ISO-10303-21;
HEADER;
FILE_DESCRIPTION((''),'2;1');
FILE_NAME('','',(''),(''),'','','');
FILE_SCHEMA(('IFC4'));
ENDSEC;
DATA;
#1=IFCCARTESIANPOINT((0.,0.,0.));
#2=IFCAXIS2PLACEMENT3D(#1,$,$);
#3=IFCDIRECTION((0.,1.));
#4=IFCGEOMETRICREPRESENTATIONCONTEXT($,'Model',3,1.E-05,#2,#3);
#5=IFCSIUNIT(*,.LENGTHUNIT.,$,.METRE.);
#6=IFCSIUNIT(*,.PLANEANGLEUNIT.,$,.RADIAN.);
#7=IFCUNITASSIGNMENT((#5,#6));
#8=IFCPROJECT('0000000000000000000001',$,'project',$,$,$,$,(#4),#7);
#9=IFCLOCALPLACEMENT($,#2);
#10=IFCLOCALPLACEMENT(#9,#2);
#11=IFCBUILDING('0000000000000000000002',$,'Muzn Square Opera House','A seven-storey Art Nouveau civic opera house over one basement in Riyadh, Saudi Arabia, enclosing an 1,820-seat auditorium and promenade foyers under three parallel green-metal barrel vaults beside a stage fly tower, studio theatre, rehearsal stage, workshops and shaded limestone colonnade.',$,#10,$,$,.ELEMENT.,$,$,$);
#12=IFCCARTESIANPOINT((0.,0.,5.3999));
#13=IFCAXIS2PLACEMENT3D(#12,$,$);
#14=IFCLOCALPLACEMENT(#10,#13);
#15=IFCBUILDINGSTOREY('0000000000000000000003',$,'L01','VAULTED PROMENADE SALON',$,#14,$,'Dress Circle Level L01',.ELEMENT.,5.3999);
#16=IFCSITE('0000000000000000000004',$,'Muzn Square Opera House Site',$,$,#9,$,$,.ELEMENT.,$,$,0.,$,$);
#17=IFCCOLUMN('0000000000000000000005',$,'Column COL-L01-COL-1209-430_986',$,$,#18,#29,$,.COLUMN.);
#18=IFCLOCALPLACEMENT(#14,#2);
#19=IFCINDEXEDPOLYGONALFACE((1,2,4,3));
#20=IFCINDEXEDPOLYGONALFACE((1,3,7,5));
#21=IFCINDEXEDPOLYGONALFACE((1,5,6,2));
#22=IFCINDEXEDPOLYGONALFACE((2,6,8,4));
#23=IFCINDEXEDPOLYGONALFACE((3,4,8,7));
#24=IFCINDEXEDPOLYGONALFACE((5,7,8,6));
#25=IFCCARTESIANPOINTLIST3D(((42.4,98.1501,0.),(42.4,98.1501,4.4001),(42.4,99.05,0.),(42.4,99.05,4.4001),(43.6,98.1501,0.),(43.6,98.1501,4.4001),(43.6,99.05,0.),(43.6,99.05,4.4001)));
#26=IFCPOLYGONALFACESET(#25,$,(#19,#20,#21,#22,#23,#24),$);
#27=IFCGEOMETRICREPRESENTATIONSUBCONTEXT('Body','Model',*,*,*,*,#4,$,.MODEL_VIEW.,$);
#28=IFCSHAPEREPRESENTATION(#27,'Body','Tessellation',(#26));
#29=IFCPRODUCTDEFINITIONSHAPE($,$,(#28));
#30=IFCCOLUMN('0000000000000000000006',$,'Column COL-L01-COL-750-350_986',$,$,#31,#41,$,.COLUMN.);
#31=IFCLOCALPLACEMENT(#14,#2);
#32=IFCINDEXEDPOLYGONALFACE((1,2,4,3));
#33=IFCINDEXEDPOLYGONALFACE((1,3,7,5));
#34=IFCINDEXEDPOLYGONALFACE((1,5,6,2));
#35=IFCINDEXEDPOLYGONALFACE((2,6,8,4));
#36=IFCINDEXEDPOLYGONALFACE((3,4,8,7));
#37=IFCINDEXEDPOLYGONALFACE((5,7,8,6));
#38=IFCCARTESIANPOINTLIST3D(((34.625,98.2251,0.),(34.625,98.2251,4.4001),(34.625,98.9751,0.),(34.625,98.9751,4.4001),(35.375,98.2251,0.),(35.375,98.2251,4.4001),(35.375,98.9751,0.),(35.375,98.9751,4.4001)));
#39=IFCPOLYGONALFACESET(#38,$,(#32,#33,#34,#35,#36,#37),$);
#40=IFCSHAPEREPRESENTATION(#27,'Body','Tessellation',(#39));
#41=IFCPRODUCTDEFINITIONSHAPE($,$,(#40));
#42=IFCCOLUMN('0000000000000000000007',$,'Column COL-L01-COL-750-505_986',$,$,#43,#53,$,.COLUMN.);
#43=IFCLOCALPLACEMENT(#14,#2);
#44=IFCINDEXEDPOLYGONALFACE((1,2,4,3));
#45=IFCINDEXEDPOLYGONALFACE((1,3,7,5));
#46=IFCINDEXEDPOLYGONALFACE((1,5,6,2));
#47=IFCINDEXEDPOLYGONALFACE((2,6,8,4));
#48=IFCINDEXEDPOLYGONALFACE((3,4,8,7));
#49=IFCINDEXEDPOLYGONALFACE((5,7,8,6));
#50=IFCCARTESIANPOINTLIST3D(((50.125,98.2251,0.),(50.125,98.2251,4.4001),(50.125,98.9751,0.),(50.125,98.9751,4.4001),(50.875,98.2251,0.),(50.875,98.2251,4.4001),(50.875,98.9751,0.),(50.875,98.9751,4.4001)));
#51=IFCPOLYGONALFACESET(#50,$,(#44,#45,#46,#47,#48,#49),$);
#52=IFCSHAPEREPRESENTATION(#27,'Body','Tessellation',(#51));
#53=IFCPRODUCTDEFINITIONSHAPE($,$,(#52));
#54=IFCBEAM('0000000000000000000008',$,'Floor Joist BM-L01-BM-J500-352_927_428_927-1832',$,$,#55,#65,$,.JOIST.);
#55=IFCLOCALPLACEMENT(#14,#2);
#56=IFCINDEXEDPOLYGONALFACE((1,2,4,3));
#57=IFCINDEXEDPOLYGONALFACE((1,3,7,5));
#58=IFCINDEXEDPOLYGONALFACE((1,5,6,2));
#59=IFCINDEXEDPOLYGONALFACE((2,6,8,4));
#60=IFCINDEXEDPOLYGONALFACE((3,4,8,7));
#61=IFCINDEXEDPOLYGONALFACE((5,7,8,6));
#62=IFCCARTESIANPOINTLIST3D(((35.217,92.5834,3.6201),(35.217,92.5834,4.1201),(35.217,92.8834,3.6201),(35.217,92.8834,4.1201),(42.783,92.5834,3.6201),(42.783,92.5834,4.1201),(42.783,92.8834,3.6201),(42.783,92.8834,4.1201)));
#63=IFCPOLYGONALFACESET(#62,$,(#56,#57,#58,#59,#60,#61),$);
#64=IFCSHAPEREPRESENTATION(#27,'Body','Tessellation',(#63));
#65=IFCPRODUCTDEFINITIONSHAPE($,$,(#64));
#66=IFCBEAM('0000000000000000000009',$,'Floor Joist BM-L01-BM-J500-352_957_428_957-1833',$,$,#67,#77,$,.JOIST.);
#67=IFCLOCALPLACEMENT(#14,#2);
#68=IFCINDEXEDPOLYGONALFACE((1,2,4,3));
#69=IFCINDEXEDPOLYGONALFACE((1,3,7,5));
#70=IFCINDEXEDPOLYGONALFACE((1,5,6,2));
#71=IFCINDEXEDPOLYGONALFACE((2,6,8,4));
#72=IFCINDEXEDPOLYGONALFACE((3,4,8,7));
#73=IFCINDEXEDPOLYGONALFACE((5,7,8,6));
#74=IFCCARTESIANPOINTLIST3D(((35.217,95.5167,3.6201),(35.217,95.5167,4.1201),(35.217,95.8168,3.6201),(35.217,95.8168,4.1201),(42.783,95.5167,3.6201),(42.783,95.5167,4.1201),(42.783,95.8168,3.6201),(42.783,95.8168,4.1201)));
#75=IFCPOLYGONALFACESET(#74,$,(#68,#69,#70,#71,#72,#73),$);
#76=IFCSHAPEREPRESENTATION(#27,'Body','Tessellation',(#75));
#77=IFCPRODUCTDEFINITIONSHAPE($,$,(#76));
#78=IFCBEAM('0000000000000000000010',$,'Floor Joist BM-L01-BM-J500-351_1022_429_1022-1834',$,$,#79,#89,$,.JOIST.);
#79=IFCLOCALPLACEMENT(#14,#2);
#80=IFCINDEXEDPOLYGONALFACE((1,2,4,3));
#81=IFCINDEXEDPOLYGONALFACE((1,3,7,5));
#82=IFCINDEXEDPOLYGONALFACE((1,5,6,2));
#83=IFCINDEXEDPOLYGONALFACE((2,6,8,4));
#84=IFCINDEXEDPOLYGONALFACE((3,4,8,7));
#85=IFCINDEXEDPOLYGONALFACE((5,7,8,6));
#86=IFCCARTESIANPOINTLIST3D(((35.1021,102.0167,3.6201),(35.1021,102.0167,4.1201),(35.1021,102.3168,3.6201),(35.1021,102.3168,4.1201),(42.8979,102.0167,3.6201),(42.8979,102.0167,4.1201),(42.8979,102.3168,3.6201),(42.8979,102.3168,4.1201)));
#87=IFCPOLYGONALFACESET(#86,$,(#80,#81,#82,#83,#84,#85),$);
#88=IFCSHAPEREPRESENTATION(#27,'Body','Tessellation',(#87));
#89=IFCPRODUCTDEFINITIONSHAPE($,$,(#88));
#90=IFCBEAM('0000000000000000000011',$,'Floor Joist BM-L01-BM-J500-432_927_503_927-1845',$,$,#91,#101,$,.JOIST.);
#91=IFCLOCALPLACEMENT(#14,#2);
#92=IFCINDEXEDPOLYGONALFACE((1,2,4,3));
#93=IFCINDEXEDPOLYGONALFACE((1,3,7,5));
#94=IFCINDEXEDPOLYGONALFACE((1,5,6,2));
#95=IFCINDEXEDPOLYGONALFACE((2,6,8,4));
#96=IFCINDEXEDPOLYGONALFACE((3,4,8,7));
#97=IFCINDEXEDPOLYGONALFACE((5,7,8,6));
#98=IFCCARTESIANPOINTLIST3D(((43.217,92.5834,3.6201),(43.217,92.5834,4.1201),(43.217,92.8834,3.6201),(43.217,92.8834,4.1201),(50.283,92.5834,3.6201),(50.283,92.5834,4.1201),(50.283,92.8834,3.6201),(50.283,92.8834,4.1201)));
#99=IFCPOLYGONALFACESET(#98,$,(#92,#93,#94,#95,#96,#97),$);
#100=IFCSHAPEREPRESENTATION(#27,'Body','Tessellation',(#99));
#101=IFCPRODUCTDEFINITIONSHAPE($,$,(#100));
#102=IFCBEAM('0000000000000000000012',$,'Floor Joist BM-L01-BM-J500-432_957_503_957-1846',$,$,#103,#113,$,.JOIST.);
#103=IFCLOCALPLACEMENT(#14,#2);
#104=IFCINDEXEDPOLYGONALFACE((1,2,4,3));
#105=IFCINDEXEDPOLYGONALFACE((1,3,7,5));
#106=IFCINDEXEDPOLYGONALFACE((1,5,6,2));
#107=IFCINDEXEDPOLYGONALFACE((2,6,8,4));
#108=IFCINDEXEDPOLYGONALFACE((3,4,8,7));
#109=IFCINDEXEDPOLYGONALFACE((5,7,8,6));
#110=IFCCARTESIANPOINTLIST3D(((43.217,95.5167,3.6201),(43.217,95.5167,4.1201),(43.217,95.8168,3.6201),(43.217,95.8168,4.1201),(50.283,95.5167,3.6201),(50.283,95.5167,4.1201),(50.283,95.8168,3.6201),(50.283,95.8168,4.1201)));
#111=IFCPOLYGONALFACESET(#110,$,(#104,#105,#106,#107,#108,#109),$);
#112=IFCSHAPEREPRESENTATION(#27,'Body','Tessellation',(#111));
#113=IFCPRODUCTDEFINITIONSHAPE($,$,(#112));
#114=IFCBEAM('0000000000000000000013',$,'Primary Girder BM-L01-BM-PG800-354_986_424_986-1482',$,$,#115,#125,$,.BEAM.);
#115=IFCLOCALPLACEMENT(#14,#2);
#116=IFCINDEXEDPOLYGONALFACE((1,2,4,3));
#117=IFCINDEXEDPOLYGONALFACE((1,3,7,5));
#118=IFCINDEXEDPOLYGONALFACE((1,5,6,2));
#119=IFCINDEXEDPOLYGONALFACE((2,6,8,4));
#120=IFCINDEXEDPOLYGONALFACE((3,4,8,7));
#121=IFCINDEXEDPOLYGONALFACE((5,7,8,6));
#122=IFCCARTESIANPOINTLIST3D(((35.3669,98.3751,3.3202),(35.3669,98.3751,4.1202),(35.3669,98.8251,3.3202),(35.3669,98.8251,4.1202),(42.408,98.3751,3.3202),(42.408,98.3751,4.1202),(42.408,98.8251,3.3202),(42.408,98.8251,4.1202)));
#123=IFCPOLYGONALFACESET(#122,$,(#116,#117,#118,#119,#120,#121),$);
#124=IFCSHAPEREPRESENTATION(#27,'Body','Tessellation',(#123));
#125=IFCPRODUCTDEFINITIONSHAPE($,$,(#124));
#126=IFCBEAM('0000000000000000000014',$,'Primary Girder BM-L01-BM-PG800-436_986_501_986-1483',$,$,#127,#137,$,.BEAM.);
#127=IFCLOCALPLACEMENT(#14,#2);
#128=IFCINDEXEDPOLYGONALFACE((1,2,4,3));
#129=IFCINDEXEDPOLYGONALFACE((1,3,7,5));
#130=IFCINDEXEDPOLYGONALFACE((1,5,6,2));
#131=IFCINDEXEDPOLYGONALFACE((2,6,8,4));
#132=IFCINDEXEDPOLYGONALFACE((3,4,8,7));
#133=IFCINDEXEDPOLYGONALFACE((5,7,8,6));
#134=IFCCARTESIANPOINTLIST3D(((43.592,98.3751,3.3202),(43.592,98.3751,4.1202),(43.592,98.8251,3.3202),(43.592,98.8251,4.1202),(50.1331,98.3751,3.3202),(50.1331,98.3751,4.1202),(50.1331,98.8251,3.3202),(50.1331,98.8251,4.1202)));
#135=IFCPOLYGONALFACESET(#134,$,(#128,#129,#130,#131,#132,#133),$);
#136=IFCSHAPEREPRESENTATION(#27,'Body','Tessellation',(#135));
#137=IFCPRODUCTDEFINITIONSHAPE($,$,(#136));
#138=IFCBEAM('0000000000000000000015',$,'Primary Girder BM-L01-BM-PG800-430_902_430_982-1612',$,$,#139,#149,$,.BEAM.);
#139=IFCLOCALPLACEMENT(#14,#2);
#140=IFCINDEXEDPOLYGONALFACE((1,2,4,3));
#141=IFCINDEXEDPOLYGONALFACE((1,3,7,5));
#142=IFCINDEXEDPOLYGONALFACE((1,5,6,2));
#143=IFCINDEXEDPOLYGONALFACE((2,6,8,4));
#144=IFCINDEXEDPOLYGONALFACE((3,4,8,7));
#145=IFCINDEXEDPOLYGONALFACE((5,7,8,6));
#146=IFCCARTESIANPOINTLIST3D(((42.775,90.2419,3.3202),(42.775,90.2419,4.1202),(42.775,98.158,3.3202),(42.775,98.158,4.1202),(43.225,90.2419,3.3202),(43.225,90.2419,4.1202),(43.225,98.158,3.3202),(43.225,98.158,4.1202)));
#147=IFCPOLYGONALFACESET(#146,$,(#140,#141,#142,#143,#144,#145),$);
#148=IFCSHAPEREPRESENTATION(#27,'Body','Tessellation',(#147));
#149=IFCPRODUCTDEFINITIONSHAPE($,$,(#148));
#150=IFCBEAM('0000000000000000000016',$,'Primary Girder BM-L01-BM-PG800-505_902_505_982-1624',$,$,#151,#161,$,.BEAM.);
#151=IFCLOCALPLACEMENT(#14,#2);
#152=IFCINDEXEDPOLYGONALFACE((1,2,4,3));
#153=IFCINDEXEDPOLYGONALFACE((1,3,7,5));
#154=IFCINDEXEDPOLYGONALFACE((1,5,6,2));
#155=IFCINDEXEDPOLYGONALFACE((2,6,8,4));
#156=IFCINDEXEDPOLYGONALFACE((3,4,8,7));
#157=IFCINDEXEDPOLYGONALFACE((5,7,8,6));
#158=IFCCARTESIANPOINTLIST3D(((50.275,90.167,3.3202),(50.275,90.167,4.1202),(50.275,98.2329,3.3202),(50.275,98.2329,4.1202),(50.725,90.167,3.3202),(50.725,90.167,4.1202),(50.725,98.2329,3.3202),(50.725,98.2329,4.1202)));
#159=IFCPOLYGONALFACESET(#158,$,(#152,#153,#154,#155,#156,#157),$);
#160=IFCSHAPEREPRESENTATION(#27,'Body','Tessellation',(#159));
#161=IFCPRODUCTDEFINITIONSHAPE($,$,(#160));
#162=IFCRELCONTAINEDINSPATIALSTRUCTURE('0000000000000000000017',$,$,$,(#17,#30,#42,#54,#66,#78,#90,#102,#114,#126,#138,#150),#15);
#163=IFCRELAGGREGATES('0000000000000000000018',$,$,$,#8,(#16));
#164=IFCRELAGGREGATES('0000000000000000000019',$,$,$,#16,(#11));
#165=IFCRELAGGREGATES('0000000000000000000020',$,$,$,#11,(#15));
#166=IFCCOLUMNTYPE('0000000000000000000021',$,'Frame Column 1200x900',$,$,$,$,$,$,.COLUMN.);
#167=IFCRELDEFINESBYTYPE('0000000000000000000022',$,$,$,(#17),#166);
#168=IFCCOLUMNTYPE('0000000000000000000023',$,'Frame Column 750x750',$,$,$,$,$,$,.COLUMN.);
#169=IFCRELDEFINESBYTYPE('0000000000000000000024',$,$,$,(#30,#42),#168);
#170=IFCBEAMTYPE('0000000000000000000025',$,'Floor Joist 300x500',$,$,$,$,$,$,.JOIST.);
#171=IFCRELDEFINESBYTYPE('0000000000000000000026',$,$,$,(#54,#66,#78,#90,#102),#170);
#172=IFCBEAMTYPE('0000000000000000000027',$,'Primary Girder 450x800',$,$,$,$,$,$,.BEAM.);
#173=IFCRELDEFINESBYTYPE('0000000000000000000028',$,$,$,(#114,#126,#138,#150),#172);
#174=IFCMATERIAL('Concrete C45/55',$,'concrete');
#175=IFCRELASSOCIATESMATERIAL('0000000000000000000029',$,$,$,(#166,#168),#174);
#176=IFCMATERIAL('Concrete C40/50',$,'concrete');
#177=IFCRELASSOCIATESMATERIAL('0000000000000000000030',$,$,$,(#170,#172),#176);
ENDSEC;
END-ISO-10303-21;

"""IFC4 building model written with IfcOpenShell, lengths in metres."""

from ifc_helpers import new_model, si_unit, direction, frame, origin, origin_2d, place, context, subcontext, project, spatial, rectangle, extrude, material, material_profile, profile_set, type_object, element, save


model = new_model("IFC4")

# Units and contexts
model_context = context("Model", 3, precision=1e-05, world=origin(), true_north=direction((0.0, 1.0)))
body_context = subcontext(model_context, "Body", "Model", "MODEL_VIEW")
ifc_project = project(units=[si_unit("LENGTHUNIT", "METRE"), si_unit("PLANEANGLEUNIT", "RADIAN")], contexts=[model_context])

# Site, building, storey
site_placement = place(None, origin())
site = spatial("IfcSite", under=ifc_project, at=site_placement, Name="Muzn Square Opera House Site", CompositionType="ELEMENT", RefElevation=0.0)
building_placement = place(site_placement, origin())
building = spatial("IfcBuilding", under=site, at=building_placement, Name="Muzn Square Opera House", Description="A seven-storey Art Nouveau civic opera house over one basement in Riyadh, Saudi Arabia, enclosing an 1,820-seat auditorium and promenade foyers under three parallel green-metal barrel vaults beside a stage fly tower, studio theatre, rehearsal stage, workshops and shaded limestone colonnade.", CompositionType="ELEMENT")
storey_placement = place(building_placement, frame((0.0, 0.0, 5.3999)))
storey = spatial("IfcBuildingStorey", under=building, at=storey_placement, Name="L01", Description="VAULTED PROMENADE SALON", LongName="Dress Circle Level L01", CompositionType="ELEMENT", Elevation=5.3999)

# Columns
ifc_material_1 = material(Name="Concrete C45/55", Category="concrete")
ifc_material_profile_1 = material_profile(ifc_material_1, rectangle(XDim=1.2, YDim=0.8999, at=origin_2d()), Name="RC 1200x900", Category="concrete")
ifc_profile_set_1 = profile_set([ifc_material_profile_1], Name="Concrete C45/55")
column_type_1 = type_object("IfcColumnType", Name="Frame Column 1200x900", PredefinedType="COLUMN", material=ifc_profile_set_1)
column_placement = place(storey_placement, frame((43.0, 98.6001, 0.0), z_axis=(0.0, 0.0, 1.0), x_axis=(1.0, 0.0, 0.0)))
element("IfcColumn", 1, at=column_placement, inside=storey, type_object=column_type_1, Name="Column COL-L01-COL-1209-430_986", PredefinedType="COLUMN", context=body_context, shape_type="SweptSolid", body=[
    extrude(rectangle(XDim=1.2, YDim=0.8999, at=origin_2d()), origin(), (0.0, 0.0, 1.0), 4.4001),
])
ifc_material_profile_2 = material_profile(ifc_material_1, rectangle(XDim=0.75, YDim=0.75, at=origin_2d()), Name="RC 750x750", Category="concrete")
ifc_profile_set_2 = profile_set([ifc_material_profile_2], Name="Concrete C45/55")
column_type_2 = type_object("IfcColumnType", Name="Frame Column 750x750", PredefinedType="COLUMN", material=ifc_profile_set_2)
for number, where, z_axis, x_axis, name in (
    (2, (35.0, 98.6001, 0.0), (0.0, 0.0, 1.0), (1.0, 0.0, 0.0), "Column COL-L01-COL-750-350_986"),
    (3, (50.5, 98.6001, 0.0), (0.0, 0.0, 1.0), (1.0, 0.0, 0.0), "Column COL-L01-COL-750-505_986"),
):
    element("IfcColumn", number, at=place(storey_placement, frame(where, z_axis=z_axis, x_axis=x_axis)), inside=storey, type_object=column_type_2, Name=name, PredefinedType="COLUMN", context=body_context, shape_type="SweptSolid", body=[
        extrude(rectangle(XDim=0.75, YDim=0.75, at=origin_2d()), origin(), (0.0, 0.0, 1.0), 4.4001),
    ])

# Beams
ifc_material_2 = material(Name="Concrete C40/50", Category="concrete")
ifc_material_profile_3 = material_profile(ifc_material_2, rectangle(XDim=0.3, YDim=0.5, at=origin_2d()), Name="RCJ 300x500", Category="concrete")
ifc_profile_set_3 = profile_set([ifc_material_profile_3], Name="Concrete C40/50")
beam_type_1 = type_object("IfcBeamType", Name="Floor Joist 300x500", PredefinedType="JOIST", material=ifc_profile_set_3)
for number, where, z_axis, x_axis, name in (
    (4, (35.217, 92.7334, 3.8701), (1.0, 0.0, 0.0), (0.0, 1.0, 0.0), "Floor Joist BM-L01-BM-J500-352_927_428_927-1832"),
    (5, (35.217, 95.6667, 3.8701), (1.0, 0.0, 0.0), (0.0, 1.0, 0.0), "Floor Joist BM-L01-BM-J500-352_957_428_957-1833"),
):
    element("IfcBeam", number, at=place(storey_placement, frame(where, z_axis=z_axis, x_axis=x_axis)), inside=storey, type_object=beam_type_1, Name=name, PredefinedType="JOIST", context=body_context, shape_type="SweptSolid", body=[
        extrude(rectangle(XDim=0.3, YDim=0.5, at=origin_2d()), origin(), (0.0, 0.0, 1.0), 7.5659),
    ])
beam_1_placement = place(storey_placement, frame((35.1021, 102.1667, 3.8701), z_axis=(1.0, 0.0, 0.0), x_axis=(0.0, 1.0, 0.0)))
element("IfcBeam", 6, at=beam_1_placement, inside=storey, type_object=beam_type_1, Name="Floor Joist BM-L01-BM-J500-351_1022_429_1022-1834", PredefinedType="JOIST", context=body_context, shape_type="SweptSolid", body=[
    extrude(rectangle(XDim=0.3, YDim=0.5, at=origin_2d()), origin(), (0.0, 0.0, 1.0), 7.7959),
])
for number, where, z_axis, x_axis, name in (
    (7, (43.217, 92.7334, 3.8701), (1.0, 0.0, 0.0), (0.0, 1.0, 0.0), "Floor Joist BM-L01-BM-J500-432_927_503_927-1845"),
    (8, (43.217, 95.6667, 3.8701), (1.0, 0.0, 0.0), (0.0, 1.0, 0.0), "Floor Joist BM-L01-BM-J500-432_957_503_957-1846"),
):
    element("IfcBeam", number, at=place(storey_placement, frame(where, z_axis=z_axis, x_axis=x_axis)), inside=storey, type_object=beam_type_1, Name=name, PredefinedType="JOIST", context=body_context, shape_type="SweptSolid", body=[
        extrude(rectangle(XDim=0.3, YDim=0.5, at=origin_2d()), origin(), (0.0, 0.0, 1.0), 7.0659),
    ])
ifc_material_profile_4 = material_profile(ifc_material_2, rectangle(XDim=0.45, YDim=0.8, at=origin_2d()), Name="RCB 450x800", Category="concrete")
ifc_profile_set_4 = profile_set([ifc_material_profile_4], Name="Concrete C40/50")
beam_type_2 = type_object("IfcBeamType", Name="Primary Girder 450x800", PredefinedType="BEAM", material=ifc_profile_set_4)
beam_2_placement = place(storey_placement, frame((35.3669, 98.6001, 3.7202), z_axis=(1.0, 0.0, 0.0), x_axis=(0.0, 1.0, 0.0)))
element("IfcBeam", 9, at=beam_2_placement, inside=storey, type_object=beam_type_2, Name="Primary Girder BM-L01-BM-PG800-354_986_424_986-1482", PredefinedType="BEAM", context=body_context, shape_type="SweptSolid", body=[
    extrude(rectangle(XDim=0.45, YDim=0.8, at=origin_2d()), origin(), (0.0, 0.0, 1.0), 7.041),
])
beam_3_placement = place(storey_placement, frame((43.592, 98.6001, 3.7202), z_axis=(1.0, 0.0, 0.0), x_axis=(0.0, 1.0, 0.0)))
element("IfcBeam", 10, at=beam_3_placement, inside=storey, type_object=beam_type_2, Name="Primary Girder BM-L01-BM-PG800-436_986_501_986-1483", PredefinedType="BEAM", context=body_context, shape_type="SweptSolid", body=[
    extrude(rectangle(XDim=0.45, YDim=0.8, at=origin_2d()), origin(), (0.0, 0.0, 1.0), 6.541),
])
beam_4_placement = place(storey_placement, frame((43.0, 90.2419, 3.7202), z_axis=(0.0, 1.0, 0.0), x_axis=(-1.0, 0.0, 0.0)))
element("IfcBeam", 11, at=beam_4_placement, inside=storey, type_object=beam_type_2, Name="Primary Girder BM-L01-BM-PG800-430_902_430_982-1612", PredefinedType="BEAM", context=body_context, shape_type="SweptSolid", body=[
    extrude(rectangle(XDim=0.45, YDim=0.8, at=origin_2d()), origin(), (0.0, 0.0, 1.0), 7.916),
])
beam_5_placement = place(storey_placement, frame((50.5, 90.167, 3.7202), z_axis=(0.0, 1.0, 0.0), x_axis=(-1.0, 0.0, 0.0)))
element("IfcBeam", 12, at=beam_5_placement, inside=storey, type_object=beam_type_2, Name="Primary Girder BM-L01-BM-PG800-505_902_505_982-1624", PredefinedType="BEAM", context=body_context, shape_type="SweptSolid", body=[
    extrude(rectangle(XDim=0.45, YDim=0.8, at=origin_2d()), origin(), (0.0, 0.0, 1.0), 8.0659),
])

save(model, "model.ifc")
